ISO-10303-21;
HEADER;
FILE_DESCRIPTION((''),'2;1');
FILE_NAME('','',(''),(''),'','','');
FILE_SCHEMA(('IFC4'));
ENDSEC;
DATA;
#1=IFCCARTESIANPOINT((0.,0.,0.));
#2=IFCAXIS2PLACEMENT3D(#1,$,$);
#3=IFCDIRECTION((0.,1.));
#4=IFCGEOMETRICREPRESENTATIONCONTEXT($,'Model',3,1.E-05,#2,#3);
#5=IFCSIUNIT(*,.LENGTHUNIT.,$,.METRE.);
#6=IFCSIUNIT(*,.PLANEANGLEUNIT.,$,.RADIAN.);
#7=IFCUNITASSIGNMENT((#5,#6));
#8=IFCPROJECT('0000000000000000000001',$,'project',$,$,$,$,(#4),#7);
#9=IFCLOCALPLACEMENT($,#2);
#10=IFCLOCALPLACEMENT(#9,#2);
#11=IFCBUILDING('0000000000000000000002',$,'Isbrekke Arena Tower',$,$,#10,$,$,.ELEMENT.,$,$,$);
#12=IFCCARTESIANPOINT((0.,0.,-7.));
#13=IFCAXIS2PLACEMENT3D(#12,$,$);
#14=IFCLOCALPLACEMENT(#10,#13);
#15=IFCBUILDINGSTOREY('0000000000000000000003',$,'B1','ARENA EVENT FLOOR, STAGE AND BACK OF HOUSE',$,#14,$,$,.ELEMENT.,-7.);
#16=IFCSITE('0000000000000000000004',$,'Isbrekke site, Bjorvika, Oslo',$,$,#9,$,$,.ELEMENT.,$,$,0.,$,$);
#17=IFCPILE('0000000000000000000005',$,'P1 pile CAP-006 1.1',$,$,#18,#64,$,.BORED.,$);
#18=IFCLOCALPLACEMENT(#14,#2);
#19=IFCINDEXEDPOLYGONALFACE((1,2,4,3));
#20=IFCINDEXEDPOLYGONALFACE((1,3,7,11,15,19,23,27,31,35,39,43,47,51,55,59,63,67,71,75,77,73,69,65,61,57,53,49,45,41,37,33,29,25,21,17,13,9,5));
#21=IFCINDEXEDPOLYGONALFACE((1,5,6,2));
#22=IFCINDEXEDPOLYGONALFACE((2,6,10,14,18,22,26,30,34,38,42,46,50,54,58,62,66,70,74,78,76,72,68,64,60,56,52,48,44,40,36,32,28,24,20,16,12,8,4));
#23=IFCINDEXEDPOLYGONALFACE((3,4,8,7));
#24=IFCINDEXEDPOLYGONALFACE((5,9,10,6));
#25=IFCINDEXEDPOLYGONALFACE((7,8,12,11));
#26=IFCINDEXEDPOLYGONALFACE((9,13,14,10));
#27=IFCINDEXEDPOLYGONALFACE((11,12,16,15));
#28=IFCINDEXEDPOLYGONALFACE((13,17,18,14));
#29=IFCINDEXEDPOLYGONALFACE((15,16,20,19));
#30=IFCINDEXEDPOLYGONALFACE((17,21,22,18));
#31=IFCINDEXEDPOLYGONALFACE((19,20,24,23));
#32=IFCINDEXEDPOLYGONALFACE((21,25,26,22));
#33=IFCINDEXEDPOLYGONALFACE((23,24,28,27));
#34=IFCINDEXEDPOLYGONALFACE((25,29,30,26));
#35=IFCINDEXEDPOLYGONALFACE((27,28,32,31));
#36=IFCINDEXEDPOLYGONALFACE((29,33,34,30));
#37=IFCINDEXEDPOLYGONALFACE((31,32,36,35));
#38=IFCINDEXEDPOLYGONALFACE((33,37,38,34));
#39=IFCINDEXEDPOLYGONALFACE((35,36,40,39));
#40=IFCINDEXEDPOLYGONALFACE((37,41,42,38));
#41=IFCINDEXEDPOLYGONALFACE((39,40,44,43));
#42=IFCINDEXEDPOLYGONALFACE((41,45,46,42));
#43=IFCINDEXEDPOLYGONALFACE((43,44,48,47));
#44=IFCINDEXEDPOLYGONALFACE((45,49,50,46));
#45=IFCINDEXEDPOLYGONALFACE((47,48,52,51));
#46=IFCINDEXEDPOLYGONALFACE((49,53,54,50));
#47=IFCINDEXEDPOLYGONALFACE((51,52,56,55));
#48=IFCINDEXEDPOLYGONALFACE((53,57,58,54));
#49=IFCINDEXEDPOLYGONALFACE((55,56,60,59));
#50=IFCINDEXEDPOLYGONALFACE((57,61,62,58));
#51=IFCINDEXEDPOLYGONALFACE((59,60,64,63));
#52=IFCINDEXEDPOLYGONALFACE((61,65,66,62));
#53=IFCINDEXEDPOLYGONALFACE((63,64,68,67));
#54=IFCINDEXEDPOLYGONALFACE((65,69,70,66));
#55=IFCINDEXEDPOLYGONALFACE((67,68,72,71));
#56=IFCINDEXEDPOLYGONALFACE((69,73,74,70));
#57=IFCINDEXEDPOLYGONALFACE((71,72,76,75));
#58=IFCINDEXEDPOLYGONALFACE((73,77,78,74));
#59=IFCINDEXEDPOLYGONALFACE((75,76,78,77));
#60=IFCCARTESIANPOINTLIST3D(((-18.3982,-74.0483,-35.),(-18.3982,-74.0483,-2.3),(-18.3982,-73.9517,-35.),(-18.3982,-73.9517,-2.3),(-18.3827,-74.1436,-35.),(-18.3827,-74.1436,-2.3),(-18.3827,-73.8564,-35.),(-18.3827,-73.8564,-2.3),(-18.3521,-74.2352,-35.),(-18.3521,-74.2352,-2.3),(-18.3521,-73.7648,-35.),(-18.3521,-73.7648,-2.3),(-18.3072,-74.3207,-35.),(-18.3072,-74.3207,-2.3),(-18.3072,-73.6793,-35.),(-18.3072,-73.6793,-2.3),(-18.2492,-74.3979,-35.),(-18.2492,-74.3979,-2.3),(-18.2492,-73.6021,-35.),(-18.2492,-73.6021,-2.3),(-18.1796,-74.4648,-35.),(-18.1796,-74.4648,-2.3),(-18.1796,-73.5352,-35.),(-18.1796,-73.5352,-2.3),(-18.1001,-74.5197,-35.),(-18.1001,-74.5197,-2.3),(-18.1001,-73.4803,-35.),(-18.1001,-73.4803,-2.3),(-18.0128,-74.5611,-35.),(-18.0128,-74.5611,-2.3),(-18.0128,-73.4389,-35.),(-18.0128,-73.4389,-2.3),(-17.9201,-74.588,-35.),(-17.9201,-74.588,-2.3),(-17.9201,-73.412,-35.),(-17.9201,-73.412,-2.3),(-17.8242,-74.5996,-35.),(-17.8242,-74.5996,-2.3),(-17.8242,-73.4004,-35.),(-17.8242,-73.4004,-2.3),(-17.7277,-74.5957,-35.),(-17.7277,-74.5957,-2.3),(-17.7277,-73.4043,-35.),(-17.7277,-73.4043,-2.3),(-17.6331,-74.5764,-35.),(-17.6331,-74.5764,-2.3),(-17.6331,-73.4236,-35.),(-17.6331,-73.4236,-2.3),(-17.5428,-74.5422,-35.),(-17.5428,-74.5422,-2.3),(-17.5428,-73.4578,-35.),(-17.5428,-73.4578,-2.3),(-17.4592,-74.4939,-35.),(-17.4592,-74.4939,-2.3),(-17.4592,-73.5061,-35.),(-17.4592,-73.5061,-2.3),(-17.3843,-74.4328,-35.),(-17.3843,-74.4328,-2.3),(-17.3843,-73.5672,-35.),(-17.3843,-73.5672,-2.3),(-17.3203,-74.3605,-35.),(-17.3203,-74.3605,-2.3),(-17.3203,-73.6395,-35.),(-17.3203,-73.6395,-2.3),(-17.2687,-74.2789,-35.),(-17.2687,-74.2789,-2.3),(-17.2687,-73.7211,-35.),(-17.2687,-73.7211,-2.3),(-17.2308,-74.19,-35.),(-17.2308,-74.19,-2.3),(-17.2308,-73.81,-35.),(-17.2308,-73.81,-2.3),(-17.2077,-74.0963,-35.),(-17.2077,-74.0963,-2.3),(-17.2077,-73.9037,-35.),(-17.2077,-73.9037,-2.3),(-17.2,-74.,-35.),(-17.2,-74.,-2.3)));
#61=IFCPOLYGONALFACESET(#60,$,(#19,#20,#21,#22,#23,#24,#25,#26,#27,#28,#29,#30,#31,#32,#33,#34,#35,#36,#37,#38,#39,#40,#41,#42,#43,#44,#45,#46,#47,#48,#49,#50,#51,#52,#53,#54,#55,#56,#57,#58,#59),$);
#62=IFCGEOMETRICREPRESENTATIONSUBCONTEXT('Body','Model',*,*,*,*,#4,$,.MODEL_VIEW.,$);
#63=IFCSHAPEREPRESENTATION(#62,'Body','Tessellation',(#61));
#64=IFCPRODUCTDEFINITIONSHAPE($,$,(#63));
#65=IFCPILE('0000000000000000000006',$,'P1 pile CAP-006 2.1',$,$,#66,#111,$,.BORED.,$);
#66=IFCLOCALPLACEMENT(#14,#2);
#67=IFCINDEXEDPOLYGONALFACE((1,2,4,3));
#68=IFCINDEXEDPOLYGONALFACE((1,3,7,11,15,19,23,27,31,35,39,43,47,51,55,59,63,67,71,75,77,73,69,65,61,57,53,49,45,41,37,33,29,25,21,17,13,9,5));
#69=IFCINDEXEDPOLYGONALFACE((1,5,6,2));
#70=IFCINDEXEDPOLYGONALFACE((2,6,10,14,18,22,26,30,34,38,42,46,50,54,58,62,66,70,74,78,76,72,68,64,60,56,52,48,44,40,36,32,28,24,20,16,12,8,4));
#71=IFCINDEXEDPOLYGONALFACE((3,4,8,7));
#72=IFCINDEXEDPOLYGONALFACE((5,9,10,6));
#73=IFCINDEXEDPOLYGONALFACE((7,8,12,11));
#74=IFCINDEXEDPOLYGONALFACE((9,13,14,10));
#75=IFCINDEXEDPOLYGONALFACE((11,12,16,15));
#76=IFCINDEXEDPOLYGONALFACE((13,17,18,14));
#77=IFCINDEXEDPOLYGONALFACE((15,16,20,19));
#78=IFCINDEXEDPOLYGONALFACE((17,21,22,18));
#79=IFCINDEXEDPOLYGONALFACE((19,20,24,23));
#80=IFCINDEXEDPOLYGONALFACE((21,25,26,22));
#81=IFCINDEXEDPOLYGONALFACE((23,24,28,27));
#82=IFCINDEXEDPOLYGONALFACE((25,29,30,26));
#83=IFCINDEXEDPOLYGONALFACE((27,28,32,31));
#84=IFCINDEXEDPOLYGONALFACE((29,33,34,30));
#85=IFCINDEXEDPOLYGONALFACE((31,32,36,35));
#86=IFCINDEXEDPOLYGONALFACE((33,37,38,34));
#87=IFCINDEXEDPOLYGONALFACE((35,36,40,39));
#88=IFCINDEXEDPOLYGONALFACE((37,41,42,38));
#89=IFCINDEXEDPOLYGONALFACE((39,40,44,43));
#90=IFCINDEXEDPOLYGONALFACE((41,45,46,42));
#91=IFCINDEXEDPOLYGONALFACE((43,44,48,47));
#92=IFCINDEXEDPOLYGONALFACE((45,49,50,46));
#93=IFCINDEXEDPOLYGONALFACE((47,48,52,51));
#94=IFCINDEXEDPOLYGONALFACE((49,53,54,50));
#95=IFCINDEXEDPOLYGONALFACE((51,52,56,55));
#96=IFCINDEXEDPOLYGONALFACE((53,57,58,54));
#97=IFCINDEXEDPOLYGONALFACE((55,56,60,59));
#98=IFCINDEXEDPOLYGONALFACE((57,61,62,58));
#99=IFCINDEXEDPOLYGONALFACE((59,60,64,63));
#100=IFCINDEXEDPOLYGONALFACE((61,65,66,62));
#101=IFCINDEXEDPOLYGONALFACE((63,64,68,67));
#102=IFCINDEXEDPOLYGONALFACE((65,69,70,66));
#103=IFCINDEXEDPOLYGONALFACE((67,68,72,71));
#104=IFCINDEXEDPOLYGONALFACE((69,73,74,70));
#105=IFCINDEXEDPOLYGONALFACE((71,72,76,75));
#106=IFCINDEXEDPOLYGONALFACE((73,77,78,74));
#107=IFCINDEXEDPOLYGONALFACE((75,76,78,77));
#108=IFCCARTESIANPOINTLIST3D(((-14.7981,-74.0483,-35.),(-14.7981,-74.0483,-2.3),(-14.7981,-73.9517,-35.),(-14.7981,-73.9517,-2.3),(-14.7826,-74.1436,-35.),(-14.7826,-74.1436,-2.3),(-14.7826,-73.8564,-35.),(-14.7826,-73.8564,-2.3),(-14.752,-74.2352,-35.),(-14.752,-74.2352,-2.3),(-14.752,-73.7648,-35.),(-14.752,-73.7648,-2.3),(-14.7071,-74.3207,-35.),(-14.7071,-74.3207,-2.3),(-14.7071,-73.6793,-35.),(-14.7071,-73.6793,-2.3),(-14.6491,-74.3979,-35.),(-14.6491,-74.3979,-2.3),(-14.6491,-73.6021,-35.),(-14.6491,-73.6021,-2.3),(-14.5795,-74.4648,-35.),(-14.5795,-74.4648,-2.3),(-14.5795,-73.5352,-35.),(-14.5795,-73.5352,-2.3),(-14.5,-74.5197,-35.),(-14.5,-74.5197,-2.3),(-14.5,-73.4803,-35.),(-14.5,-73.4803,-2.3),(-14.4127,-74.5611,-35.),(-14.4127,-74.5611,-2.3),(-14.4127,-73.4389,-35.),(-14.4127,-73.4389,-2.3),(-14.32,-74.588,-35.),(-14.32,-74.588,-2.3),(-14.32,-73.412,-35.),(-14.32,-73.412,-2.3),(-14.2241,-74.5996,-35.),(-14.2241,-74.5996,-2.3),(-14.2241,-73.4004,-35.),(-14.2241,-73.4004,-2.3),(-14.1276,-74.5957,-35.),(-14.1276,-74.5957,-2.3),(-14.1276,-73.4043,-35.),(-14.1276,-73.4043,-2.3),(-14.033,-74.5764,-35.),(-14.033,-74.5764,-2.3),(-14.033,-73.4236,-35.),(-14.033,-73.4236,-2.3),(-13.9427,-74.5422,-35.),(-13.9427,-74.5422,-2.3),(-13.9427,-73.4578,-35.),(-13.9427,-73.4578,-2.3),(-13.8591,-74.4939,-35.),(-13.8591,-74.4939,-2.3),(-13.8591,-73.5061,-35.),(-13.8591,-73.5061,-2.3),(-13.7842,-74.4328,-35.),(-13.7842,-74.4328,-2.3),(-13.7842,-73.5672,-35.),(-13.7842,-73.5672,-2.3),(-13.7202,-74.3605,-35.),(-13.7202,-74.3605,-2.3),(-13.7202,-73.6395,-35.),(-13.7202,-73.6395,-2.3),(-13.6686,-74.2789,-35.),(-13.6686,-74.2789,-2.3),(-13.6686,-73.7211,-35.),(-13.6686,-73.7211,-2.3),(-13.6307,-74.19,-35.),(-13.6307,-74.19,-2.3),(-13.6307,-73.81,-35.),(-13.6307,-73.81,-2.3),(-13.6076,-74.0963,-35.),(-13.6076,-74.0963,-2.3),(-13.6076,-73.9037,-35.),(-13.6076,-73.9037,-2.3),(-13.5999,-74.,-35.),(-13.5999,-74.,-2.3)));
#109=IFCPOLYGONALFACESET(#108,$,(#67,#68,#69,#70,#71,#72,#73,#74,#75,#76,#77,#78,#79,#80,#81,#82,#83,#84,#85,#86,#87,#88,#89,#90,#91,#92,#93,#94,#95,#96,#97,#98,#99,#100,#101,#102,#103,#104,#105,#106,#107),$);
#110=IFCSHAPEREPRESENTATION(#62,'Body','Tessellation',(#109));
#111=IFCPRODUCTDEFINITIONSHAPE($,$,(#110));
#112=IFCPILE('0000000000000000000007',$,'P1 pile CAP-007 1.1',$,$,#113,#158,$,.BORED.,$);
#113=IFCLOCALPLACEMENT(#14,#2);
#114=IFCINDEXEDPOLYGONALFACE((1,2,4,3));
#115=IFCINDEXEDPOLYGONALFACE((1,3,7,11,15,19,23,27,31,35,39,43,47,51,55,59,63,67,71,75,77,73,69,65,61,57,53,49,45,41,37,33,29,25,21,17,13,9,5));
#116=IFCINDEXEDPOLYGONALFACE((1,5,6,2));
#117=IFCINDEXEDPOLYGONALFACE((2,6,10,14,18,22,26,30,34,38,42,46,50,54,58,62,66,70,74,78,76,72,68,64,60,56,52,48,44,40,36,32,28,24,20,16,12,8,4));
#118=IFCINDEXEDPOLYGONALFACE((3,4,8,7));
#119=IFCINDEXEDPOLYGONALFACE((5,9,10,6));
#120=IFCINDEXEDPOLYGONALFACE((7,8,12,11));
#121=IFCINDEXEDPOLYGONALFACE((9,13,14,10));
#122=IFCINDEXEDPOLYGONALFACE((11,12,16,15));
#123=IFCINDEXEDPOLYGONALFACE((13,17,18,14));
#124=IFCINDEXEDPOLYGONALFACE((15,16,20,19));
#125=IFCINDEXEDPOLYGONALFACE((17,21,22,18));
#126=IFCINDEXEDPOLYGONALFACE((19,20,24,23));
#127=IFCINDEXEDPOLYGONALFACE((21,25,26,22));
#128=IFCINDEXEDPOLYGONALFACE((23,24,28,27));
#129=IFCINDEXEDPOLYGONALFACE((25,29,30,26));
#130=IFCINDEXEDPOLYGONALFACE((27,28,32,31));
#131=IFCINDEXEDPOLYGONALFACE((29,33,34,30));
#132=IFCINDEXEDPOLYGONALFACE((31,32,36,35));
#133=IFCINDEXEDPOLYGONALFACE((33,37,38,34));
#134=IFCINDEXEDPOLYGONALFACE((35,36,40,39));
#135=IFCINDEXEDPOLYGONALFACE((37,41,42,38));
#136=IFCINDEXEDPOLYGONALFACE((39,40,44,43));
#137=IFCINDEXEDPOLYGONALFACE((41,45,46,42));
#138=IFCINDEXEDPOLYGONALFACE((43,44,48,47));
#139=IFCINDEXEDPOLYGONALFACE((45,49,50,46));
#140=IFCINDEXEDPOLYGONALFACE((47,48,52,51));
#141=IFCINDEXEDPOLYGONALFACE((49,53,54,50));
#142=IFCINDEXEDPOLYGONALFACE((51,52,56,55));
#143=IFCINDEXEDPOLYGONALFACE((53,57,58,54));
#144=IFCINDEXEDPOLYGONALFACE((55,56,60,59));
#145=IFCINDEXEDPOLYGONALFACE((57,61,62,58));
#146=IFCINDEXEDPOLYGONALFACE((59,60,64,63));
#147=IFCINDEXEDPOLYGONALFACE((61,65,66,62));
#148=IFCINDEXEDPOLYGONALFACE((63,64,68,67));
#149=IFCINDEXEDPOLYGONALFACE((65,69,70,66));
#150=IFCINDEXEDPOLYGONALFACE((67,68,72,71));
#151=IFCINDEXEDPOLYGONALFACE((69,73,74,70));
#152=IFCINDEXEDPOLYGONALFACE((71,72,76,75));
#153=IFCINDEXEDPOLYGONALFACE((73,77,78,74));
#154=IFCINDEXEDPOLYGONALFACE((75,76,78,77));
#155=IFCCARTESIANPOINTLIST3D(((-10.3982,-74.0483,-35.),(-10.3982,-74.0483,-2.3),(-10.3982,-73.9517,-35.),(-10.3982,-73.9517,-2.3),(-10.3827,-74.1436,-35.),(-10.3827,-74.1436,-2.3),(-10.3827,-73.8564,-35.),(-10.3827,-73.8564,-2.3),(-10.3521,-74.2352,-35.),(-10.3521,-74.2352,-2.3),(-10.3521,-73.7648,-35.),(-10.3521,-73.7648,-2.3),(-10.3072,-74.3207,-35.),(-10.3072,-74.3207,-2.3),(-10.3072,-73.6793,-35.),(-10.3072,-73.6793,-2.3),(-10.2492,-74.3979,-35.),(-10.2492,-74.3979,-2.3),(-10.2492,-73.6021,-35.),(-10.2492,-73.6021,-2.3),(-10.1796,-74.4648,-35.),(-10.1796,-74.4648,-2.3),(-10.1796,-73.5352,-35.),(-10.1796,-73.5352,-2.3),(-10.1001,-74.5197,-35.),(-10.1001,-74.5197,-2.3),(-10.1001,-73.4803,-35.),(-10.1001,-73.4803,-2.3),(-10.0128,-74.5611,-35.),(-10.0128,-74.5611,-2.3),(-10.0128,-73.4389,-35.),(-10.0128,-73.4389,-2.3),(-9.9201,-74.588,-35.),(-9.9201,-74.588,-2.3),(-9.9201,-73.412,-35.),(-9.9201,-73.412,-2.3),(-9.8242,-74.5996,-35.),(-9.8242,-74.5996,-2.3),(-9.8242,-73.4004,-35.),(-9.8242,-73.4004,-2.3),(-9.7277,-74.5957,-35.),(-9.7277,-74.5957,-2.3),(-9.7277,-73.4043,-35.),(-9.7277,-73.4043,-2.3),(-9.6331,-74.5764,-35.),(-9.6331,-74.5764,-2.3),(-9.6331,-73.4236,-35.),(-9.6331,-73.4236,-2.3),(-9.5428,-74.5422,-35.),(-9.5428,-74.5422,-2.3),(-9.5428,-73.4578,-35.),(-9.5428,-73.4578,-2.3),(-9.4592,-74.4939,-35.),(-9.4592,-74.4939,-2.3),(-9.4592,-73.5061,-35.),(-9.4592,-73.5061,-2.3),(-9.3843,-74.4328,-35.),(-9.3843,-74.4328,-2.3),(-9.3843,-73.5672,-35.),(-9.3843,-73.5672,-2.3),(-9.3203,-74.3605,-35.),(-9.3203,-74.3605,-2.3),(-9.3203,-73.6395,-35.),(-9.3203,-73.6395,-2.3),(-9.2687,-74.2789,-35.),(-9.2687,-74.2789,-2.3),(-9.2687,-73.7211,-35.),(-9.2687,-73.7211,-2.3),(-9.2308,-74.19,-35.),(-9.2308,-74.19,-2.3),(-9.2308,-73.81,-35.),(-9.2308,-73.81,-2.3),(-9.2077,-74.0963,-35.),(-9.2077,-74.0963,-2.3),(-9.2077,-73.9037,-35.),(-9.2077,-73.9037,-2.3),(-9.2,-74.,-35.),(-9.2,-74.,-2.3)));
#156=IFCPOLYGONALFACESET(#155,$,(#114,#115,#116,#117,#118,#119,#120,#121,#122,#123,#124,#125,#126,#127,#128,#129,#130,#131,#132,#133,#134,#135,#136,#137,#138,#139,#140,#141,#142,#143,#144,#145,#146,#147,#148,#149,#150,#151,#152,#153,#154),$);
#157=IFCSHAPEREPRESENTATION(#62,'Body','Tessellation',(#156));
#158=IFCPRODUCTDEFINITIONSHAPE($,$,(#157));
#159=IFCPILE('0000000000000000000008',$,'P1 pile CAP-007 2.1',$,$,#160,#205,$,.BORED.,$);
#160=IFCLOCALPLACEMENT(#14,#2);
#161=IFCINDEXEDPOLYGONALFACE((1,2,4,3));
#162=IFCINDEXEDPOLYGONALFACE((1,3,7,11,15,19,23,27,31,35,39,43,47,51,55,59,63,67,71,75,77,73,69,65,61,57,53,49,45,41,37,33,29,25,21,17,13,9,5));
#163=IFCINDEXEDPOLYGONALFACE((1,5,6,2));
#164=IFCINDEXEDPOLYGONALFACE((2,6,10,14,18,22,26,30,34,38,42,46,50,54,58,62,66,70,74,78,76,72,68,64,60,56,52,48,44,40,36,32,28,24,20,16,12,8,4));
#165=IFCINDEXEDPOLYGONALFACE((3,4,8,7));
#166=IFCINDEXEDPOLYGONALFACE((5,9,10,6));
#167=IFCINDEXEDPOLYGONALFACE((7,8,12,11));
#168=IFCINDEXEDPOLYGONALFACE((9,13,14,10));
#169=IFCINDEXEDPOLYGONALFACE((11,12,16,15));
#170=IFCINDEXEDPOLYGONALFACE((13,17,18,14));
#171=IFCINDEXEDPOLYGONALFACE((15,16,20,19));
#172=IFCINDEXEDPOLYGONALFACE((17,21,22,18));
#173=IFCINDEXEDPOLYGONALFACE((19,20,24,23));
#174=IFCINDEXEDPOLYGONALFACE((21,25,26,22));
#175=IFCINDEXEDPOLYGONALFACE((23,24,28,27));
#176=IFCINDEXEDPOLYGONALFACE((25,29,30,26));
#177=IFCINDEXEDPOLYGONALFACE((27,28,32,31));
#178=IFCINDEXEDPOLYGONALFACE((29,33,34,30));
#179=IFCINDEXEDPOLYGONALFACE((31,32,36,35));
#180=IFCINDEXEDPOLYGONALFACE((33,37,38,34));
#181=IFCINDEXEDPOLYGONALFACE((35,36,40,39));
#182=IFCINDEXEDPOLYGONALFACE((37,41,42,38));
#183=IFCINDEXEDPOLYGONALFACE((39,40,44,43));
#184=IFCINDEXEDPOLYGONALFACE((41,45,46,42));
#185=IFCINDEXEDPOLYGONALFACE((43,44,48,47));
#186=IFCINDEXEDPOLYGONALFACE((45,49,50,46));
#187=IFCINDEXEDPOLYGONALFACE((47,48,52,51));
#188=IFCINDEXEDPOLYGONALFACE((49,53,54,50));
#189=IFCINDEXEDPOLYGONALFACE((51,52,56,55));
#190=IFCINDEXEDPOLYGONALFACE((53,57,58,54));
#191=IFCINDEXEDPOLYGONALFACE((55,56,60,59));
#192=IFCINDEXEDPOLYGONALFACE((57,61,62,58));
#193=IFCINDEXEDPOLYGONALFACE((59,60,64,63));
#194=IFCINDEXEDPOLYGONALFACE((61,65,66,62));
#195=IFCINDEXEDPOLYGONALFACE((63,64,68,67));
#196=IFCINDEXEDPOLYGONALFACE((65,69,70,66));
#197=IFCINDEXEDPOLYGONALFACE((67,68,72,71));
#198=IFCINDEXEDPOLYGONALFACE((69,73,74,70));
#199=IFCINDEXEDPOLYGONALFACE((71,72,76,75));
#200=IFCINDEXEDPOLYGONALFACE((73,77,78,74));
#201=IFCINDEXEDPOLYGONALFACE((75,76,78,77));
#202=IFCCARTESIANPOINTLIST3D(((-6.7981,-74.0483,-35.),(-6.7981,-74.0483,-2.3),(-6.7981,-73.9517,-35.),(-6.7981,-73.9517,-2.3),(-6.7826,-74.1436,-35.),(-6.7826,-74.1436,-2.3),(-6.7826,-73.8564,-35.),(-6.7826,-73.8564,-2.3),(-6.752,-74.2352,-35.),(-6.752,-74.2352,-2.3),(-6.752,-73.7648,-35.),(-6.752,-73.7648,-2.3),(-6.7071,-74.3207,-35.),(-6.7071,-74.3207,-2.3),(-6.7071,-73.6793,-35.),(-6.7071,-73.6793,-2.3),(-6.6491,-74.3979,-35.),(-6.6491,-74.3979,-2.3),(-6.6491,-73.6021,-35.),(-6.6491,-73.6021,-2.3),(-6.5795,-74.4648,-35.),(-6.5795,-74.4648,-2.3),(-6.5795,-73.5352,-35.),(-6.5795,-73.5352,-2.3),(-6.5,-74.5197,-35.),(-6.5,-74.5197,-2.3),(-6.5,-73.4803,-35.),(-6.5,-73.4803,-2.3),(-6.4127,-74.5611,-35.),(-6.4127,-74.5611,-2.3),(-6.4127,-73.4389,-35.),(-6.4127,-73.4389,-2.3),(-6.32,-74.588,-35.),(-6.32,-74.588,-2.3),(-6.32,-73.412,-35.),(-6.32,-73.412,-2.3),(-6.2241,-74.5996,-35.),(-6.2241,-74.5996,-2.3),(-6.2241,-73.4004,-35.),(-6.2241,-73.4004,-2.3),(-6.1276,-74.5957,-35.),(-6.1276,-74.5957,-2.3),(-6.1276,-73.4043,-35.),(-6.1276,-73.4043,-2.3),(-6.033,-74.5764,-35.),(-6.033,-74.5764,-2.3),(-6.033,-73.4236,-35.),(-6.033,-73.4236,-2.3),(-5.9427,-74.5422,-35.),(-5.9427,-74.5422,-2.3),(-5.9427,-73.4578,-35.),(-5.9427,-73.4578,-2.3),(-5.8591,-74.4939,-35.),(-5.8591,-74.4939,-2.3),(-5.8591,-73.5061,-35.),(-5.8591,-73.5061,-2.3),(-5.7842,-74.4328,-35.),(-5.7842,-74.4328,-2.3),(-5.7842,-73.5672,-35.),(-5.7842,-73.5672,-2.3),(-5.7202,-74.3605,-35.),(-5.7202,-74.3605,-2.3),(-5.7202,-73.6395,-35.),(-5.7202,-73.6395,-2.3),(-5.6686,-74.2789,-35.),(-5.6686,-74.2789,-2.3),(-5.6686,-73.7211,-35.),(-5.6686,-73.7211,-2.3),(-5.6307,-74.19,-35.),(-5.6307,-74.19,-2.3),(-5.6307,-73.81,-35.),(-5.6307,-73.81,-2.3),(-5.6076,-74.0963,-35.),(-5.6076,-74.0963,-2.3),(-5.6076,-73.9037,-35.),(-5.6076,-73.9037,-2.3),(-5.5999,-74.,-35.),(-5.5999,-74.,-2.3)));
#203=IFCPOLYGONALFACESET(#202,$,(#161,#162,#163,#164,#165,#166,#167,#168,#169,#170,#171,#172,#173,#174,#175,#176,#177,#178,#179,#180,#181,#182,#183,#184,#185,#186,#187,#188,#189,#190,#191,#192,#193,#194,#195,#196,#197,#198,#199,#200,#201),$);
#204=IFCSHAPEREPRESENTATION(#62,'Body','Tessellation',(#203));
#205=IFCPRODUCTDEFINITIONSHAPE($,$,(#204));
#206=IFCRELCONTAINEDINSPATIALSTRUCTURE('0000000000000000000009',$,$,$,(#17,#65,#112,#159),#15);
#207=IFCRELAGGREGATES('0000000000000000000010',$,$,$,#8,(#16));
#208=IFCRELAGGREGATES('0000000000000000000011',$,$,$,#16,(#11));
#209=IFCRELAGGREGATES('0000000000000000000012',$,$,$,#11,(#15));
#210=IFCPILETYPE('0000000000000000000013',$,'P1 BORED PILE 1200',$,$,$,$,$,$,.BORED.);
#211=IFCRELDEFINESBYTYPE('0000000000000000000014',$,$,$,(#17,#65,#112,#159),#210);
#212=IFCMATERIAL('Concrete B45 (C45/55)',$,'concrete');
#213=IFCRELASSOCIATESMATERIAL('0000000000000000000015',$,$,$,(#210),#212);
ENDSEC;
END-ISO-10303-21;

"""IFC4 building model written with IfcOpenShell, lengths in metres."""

from ifc_helpers import new_model, si_unit, direction, frame, origin, origin_2d, place, context, subcontext, project, spatial, circle, extrude, material, material_profile, profile_set, type_object, element, save


model = new_model("IFC4")

# Units and contexts
model_context = context("Model", 3, precision=1e-05, world=origin(), true_north=direction((0.0, 1.0)))
body_context = subcontext(model_context, "Body", "Model", "MODEL_VIEW")
ifc_project = project(units=[si_unit("LENGTHUNIT", "METRE"), si_unit("PLANEANGLEUNIT", "RADIAN")], contexts=[model_context])

# Site, building, storey
site_placement = place(None, origin())
site = spatial("IfcSite", under=ifc_project, at=site_placement, Name="Isbrekke site, Bjorvika, Oslo", CompositionType="ELEMENT", RefElevation=0.0)
building_placement = place(site_placement, origin())
building = spatial("IfcBuilding", under=site, at=building_placement, Name="Isbrekke Arena Tower", CompositionType="ELEMENT")
storey_placement = place(building_placement, frame((0.0, 0.0, -7.0)))
storey = spatial("IfcBuildingStorey", under=building, at=storey_placement, Name="B1", Description="ARENA EVENT FLOOR, STAGE AND BACK OF HOUSE", CompositionType="ELEMENT", Elevation=-7.0)

# Piles
ifc_material_1 = material(Name="Concrete B45 (C45/55)", Category="concrete")
ifc_material_profile_1 = material_profile(ifc_material_1, circle(Radius=0.6001, at=origin_2d()), Name="BORED PILE D1200")
ifc_profile_set_1 = profile_set([ifc_material_profile_1], Name="Concrete B45 (C45/55)")
pile_type = type_object("IfcPileType", Name="P1 BORED PILE 1200", PredefinedType="BORED", material=ifc_profile_set_1)
for number, where, z_axis, x_axis, name in (
    (1, (-17.8, -74.0, -2.3), (0.0, 0.0, -1.0), (1.0, 0.0, 0.0), "P1 pile CAP-006 1.1"),
    (2, (-14.2, -74.0, -2.3), (0.0, 0.0, -1.0), (1.0, 0.0, 0.0), "P1 pile CAP-006 2.1"),
    (3, (-9.8, -74.0, -2.3), (0.0, 0.0, -1.0), (1.0, 0.0, 0.0), "P1 pile CAP-007 1.1"),
    (4, (-6.2, -74.0, -2.3), (0.0, 0.0, -1.0), (1.0, 0.0, 0.0), "P1 pile CAP-007 2.1"),
):
    element("IfcPile", number, at=place(storey_placement, frame(where, z_axis=z_axis, x_axis=x_axis)), inside=storey, type_object=pile_type, Name=name, PredefinedType="BORED", context=body_context, shape_type="SweptSolid", body=[
        extrude(circle(Radius=0.6001, at=origin_2d()), origin(), (0.0, 0.0, 1.0), 32.7),
    ])

save(model, "model.ifc")
